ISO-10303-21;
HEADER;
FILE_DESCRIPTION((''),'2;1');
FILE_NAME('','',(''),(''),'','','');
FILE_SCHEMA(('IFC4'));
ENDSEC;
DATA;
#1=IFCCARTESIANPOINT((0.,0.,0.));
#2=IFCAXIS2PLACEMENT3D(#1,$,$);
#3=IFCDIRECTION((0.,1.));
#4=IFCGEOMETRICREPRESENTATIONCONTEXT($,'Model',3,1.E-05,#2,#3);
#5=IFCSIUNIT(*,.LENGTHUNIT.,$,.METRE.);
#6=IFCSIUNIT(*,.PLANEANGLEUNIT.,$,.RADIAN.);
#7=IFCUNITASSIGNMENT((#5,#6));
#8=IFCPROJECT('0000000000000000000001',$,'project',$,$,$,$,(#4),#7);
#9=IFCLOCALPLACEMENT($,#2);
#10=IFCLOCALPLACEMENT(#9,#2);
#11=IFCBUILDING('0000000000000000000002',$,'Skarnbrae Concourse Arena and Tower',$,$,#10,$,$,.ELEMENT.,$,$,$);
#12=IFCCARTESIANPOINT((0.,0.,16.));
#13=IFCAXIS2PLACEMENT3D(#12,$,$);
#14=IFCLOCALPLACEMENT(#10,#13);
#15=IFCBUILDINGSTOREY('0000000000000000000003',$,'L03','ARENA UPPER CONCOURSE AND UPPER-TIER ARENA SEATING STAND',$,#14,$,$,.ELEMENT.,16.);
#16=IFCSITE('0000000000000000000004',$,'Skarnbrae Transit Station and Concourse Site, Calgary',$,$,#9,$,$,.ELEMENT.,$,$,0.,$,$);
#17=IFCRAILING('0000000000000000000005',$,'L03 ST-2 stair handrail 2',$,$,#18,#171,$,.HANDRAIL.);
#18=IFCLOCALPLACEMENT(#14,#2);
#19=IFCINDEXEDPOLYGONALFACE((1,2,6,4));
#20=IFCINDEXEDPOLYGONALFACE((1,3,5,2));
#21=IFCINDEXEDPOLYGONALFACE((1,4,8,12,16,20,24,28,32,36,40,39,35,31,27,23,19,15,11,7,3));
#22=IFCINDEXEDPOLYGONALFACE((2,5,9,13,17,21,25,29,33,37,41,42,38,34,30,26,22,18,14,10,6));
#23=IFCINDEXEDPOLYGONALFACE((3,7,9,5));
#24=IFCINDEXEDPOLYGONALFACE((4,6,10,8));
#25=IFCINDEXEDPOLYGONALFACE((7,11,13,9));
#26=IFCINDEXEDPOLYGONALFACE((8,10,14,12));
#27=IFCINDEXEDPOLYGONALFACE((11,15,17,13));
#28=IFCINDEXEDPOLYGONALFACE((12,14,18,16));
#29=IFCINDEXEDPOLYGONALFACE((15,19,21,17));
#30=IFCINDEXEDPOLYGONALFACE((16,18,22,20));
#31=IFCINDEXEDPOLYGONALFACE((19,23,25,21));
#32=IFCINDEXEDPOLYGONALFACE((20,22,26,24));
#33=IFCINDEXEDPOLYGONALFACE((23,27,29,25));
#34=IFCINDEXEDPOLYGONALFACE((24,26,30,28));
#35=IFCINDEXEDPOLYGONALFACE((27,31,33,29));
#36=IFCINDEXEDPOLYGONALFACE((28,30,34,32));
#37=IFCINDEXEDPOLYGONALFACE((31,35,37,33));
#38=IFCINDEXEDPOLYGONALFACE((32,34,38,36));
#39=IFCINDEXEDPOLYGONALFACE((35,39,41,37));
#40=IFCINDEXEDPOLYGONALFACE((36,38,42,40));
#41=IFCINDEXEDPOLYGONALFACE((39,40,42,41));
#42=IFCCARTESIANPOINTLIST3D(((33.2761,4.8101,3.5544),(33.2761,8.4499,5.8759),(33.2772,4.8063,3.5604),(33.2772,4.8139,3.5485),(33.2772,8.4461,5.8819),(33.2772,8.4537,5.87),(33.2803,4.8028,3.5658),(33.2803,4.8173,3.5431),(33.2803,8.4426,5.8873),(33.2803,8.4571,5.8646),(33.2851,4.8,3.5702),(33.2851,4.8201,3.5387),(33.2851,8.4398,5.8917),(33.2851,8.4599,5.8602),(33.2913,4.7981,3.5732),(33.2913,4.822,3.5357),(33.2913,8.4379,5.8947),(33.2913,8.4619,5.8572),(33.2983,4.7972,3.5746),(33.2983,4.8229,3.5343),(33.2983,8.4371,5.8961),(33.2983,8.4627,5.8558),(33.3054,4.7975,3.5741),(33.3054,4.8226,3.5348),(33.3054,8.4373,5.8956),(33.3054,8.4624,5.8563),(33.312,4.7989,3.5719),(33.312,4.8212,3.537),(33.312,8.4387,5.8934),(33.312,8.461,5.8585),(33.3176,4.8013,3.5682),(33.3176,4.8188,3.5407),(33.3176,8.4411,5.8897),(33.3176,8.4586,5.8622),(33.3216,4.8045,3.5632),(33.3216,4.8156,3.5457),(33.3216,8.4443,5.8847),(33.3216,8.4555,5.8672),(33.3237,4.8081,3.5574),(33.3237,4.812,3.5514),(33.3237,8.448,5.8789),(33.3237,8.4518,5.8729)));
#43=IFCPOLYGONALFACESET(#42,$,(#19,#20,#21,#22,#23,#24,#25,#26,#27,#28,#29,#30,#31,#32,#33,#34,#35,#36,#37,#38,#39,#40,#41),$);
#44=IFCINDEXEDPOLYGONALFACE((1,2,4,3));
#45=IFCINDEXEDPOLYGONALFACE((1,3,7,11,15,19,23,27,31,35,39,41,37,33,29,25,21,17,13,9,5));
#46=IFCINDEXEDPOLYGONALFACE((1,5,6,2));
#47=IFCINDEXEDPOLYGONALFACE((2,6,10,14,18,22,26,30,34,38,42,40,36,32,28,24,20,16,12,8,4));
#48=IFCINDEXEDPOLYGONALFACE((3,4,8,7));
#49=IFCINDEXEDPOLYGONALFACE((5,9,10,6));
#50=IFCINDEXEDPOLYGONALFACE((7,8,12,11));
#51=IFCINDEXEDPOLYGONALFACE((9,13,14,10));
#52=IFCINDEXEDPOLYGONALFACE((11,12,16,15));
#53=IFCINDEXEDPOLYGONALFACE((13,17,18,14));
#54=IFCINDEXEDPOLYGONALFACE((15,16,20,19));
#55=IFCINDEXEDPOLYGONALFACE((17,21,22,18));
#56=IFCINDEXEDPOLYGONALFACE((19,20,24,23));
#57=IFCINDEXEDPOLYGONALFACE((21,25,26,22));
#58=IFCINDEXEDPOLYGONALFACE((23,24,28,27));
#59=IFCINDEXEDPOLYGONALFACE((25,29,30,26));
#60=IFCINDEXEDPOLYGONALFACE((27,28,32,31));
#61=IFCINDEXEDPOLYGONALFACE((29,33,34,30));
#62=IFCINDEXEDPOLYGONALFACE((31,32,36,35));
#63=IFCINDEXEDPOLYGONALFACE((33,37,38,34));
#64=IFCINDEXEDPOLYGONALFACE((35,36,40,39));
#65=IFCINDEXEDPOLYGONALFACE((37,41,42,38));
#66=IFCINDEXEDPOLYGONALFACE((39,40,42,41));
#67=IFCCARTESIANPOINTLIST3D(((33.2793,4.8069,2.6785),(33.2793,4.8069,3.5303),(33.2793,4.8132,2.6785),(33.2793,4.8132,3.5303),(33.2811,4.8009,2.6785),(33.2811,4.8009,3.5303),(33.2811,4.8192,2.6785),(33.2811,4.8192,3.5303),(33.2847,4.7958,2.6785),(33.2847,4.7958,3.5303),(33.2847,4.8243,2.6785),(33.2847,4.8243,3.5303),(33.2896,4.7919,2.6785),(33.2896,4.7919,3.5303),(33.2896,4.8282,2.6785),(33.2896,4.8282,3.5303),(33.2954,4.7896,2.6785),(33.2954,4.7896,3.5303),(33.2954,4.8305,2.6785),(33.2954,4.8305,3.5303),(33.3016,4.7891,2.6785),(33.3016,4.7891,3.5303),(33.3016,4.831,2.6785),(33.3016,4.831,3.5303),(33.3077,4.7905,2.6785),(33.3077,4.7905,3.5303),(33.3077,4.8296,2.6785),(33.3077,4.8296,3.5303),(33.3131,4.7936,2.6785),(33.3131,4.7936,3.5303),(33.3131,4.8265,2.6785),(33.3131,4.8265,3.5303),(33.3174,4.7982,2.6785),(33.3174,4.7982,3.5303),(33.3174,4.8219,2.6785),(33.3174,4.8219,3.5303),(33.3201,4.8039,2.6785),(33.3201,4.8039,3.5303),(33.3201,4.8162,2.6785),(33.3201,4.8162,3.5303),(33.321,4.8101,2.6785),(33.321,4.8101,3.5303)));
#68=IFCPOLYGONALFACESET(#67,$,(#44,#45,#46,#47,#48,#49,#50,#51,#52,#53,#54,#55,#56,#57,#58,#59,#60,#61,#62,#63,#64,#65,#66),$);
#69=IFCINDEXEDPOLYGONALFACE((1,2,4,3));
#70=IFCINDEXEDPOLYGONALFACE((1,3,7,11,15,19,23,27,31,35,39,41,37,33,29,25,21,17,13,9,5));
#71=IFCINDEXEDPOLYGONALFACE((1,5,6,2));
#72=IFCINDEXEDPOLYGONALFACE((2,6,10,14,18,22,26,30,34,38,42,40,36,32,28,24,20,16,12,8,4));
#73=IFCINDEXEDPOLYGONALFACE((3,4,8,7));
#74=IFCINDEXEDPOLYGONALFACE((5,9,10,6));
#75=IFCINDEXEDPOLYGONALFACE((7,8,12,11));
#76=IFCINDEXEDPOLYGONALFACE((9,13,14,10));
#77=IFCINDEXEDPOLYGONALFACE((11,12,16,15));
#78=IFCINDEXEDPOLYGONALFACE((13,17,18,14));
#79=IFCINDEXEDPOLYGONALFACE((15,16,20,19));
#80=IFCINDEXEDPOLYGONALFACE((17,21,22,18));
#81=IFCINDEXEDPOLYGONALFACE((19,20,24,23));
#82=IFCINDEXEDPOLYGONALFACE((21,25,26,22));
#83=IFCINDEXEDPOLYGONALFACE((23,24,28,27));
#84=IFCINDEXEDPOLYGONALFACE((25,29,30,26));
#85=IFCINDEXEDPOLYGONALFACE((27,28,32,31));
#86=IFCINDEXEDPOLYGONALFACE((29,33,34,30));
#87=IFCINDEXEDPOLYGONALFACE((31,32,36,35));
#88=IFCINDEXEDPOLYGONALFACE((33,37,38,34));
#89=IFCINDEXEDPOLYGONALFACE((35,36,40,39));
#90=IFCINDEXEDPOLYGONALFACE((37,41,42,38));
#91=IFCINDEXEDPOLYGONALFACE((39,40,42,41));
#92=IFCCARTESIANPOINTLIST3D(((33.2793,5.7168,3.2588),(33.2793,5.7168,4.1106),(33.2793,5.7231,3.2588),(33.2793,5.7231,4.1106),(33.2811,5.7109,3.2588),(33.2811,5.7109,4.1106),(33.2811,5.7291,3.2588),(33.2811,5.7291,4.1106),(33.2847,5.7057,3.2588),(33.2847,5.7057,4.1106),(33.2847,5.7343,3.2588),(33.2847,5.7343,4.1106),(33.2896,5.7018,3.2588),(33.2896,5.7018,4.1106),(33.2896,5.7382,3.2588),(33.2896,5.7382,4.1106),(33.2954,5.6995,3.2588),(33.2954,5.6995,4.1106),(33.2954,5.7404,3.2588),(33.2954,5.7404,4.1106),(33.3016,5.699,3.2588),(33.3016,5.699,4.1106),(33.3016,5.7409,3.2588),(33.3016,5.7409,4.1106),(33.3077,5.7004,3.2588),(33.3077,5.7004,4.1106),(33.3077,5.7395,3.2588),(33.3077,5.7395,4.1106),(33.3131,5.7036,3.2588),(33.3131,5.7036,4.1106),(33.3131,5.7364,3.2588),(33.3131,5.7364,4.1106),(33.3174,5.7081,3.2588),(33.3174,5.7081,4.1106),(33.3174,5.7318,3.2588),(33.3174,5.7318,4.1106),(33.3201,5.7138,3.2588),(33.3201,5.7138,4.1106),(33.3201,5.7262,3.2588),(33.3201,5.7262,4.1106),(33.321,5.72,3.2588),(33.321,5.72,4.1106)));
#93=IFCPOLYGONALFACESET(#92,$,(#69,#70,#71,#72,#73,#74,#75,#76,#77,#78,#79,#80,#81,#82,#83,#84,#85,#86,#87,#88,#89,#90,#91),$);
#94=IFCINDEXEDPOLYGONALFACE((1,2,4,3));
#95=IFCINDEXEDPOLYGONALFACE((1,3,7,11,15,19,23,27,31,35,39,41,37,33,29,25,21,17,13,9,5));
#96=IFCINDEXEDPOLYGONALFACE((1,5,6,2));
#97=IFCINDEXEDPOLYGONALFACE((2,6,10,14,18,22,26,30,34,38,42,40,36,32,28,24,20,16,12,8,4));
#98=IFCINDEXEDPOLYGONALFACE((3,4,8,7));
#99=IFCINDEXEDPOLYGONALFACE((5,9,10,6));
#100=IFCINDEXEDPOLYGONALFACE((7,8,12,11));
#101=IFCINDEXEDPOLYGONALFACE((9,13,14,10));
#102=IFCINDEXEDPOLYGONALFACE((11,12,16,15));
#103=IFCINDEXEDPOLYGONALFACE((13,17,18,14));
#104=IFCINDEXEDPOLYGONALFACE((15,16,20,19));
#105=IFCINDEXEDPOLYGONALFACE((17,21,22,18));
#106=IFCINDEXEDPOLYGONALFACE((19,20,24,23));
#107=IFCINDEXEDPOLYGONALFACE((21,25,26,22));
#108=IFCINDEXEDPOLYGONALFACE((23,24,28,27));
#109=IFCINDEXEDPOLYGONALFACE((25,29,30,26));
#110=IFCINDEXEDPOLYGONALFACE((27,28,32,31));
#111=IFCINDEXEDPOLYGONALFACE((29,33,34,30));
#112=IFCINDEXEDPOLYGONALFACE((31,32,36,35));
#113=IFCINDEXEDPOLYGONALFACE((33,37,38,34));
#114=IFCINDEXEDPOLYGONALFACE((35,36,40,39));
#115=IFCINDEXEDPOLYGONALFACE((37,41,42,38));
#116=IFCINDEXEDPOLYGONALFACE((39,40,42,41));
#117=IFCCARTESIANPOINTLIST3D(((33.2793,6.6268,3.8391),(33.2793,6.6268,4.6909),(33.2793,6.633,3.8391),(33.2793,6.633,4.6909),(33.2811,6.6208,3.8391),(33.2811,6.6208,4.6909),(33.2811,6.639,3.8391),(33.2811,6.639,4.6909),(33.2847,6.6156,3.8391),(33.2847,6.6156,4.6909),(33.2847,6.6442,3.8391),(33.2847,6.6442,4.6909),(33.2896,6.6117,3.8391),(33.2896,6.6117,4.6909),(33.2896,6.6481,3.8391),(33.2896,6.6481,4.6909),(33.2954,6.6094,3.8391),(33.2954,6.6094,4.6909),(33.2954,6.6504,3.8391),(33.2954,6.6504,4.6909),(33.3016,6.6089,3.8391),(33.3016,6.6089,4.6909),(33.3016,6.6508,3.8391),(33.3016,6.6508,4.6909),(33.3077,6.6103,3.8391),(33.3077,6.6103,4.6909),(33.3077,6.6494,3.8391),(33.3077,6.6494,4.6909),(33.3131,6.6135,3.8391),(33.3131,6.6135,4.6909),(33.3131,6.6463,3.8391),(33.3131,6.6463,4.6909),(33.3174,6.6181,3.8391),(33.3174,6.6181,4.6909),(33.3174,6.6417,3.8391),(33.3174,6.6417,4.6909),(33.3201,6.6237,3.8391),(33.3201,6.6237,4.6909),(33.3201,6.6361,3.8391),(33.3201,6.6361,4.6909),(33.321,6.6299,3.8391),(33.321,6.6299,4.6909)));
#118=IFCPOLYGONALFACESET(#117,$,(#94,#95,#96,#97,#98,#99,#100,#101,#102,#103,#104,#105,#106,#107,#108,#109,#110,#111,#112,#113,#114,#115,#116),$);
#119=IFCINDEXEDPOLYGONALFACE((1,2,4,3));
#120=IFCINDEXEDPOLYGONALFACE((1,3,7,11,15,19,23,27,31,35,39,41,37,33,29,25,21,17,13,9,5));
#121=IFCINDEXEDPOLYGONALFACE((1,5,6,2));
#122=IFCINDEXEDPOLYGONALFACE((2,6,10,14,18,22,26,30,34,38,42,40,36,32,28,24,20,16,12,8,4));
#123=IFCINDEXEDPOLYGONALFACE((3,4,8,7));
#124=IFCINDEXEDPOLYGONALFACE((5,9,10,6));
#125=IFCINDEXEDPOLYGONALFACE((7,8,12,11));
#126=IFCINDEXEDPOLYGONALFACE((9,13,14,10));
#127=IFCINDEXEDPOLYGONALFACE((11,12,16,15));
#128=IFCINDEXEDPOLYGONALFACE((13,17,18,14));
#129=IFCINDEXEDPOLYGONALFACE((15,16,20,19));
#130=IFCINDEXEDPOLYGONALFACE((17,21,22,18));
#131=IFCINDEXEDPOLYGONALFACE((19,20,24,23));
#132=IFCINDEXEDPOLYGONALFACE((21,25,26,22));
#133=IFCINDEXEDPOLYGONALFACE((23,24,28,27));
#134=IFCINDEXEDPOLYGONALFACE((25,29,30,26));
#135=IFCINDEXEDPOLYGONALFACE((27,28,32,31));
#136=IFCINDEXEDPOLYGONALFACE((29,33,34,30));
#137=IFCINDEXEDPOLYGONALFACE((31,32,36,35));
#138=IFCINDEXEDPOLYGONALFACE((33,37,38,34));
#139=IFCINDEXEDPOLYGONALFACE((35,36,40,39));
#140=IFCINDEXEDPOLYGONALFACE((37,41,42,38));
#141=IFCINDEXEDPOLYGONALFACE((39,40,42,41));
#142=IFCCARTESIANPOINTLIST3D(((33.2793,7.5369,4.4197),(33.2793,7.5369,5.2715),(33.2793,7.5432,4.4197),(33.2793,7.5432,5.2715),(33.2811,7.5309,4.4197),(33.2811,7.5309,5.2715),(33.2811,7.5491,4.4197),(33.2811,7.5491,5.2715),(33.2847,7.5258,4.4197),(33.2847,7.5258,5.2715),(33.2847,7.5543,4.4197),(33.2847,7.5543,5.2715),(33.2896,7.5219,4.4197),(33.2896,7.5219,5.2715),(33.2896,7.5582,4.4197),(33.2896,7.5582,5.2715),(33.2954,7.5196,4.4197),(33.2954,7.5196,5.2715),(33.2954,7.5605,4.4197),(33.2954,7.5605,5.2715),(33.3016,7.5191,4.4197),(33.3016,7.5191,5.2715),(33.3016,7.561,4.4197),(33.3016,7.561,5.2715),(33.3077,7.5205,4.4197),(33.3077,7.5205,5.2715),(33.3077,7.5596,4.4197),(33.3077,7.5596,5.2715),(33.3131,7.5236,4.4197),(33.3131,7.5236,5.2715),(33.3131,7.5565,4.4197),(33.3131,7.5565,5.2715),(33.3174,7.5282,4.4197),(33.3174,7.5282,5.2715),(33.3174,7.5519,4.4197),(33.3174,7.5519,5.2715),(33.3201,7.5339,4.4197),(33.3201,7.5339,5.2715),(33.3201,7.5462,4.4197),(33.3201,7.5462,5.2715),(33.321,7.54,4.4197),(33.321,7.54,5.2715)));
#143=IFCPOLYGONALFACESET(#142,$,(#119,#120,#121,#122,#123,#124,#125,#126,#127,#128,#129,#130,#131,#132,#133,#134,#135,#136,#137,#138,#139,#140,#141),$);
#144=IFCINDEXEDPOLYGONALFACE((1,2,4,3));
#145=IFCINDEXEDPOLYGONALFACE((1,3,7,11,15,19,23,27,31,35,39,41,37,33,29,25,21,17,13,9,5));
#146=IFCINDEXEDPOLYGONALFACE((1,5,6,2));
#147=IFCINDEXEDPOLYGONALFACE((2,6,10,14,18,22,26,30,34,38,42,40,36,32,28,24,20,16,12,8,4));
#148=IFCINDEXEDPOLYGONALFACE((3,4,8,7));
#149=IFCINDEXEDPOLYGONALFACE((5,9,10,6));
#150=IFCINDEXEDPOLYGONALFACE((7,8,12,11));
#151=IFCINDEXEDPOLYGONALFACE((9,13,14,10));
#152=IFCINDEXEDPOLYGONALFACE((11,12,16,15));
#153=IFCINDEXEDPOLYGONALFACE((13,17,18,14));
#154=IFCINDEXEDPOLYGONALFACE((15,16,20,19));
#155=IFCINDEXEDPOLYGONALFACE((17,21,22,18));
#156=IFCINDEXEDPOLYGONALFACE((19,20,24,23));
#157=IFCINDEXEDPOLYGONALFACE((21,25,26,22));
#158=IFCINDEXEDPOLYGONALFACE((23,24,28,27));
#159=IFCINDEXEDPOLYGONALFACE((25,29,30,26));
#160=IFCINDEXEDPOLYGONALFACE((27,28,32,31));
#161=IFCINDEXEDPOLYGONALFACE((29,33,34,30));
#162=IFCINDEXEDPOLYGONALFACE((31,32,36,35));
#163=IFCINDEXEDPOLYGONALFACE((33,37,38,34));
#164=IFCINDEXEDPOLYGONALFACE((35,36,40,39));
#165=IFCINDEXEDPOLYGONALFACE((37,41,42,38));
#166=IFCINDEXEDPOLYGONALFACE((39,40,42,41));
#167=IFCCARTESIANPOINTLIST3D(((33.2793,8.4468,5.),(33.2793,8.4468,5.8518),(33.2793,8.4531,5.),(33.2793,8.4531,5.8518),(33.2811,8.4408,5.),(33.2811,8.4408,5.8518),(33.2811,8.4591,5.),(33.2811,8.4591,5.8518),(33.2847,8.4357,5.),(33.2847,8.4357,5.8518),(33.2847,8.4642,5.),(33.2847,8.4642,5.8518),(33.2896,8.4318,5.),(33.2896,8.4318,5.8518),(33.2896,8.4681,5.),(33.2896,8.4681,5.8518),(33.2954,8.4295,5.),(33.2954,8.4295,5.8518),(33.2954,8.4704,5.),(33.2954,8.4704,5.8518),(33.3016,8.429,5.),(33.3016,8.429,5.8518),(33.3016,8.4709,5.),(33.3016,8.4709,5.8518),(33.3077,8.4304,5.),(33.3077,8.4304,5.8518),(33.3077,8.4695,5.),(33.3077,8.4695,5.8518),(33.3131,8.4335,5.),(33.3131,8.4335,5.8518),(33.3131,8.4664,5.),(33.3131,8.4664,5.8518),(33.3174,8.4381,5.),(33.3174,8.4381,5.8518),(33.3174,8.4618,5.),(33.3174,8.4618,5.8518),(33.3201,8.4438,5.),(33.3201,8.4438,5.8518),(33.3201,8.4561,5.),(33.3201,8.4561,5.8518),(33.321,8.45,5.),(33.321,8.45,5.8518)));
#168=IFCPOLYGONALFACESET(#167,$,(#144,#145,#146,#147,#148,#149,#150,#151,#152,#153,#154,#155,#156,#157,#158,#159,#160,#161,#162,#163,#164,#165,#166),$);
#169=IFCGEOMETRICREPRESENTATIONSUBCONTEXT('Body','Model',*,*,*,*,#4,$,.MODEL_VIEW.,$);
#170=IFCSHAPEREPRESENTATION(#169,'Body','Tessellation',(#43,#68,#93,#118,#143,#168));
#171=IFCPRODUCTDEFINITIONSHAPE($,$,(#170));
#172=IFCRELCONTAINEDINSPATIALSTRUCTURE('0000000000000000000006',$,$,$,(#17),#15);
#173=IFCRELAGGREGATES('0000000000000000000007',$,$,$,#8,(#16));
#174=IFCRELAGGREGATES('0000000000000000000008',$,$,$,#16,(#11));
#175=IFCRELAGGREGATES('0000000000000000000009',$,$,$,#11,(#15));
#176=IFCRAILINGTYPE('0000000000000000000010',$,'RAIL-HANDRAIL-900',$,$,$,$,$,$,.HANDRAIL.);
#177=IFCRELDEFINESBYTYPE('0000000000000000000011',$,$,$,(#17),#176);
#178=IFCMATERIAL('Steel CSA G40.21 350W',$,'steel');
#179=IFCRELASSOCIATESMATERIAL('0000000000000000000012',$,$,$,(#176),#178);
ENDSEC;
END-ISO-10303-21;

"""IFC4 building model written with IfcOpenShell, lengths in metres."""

from ifc_helpers import new_model, si_unit, direction, frame, origin, origin_2d, place, context, subcontext, project, spatial, circle, extrude, material, type_object, element, save


model = new_model("IFC4")

# Units and contexts
model_context = context("Model", 3, precision=1e-05, world=origin(), true_north=direction((0.0, 1.0)))
body_context = subcontext(model_context, "Body", "Model", "MODEL_VIEW")
ifc_project = project(units=[si_unit("LENGTHUNIT", "METRE"), si_unit("PLANEANGLEUNIT", "RADIAN")], contexts=[model_context])

# Site, building, storey
site_placement = place(None, origin())
site = spatial("IfcSite", under=ifc_project, at=site_placement, Name="Skarnbrae Transit Station and Concourse Site, Calgary", CompositionType="ELEMENT", RefElevation=0.0)
building_placement = place(site_placement, origin())
building = spatial("IfcBuilding", under=site, at=building_placement, Name="Skarnbrae Concourse Arena and Tower", CompositionType="ELEMENT")
storey_placement = place(building_placement, frame((0.0, 0.0, 16.0)))
storey = spatial("IfcBuildingStorey", under=building, at=storey_placement, Name="L03", Description="ARENA UPPER CONCOURSE AND UPPER-TIER ARENA SEATING STAND", CompositionType="ELEMENT", Elevation=16.0)

# Shared definitions
ifc_material_1 = material(Name="Steel CSA G40.21 350W", Category="steel")

# Railing
railing_type_1 = type_object("IfcRailingType", Name="RAIL-HANDRAIL-900", PredefinedType="HANDRAIL", material=ifc_material_1)
railing_1_placement = place(storey_placement, frame((33.3, 4.8101, 2.6785)))
element("IfcRailing", 1, at=railing_1_placement, inside=storey, type_object=railing_type_1, Name="L03 ST-2 stair handrail 2", PredefinedType="HANDRAIL", context=body_context, shape_type="SweptSolid", body=[
    extrude(circle(Radius=0.0239, at=origin_2d()), frame((0.0, 0.0, 0.876), z_axis=(0.0, 0.843112, 0.537739), x_axis=(-1.0, 0.0, 0.0)), (0.0, 0.0, 1.0), 4.3171),
    extrude(circle(Radius=0.021, at=origin_2d()), origin(), (0.0, 0.0, 1.0), 0.8518),
    extrude(circle(Radius=0.021, at=origin_2d()), frame((0.0, 0.9099, 0.5803)), (0.0, 0.0, 1.0), 0.8518),
    extrude(circle(Radius=0.021, at=origin_2d()), frame((0.0, 1.8198, 1.1606)), (0.0, 0.0, 1.0), 0.8518),
    extrude(circle(Radius=0.021, at=origin_2d()), frame((0.0, 2.73, 1.7412)), (0.0, 0.0, 1.0), 0.8518),
    extrude(circle(Radius=0.021, at=origin_2d()), frame((0.0, 3.6399, 2.3215)), (0.0, 0.0, 1.0), 0.8518),
])

save(model, "model.ifc")
